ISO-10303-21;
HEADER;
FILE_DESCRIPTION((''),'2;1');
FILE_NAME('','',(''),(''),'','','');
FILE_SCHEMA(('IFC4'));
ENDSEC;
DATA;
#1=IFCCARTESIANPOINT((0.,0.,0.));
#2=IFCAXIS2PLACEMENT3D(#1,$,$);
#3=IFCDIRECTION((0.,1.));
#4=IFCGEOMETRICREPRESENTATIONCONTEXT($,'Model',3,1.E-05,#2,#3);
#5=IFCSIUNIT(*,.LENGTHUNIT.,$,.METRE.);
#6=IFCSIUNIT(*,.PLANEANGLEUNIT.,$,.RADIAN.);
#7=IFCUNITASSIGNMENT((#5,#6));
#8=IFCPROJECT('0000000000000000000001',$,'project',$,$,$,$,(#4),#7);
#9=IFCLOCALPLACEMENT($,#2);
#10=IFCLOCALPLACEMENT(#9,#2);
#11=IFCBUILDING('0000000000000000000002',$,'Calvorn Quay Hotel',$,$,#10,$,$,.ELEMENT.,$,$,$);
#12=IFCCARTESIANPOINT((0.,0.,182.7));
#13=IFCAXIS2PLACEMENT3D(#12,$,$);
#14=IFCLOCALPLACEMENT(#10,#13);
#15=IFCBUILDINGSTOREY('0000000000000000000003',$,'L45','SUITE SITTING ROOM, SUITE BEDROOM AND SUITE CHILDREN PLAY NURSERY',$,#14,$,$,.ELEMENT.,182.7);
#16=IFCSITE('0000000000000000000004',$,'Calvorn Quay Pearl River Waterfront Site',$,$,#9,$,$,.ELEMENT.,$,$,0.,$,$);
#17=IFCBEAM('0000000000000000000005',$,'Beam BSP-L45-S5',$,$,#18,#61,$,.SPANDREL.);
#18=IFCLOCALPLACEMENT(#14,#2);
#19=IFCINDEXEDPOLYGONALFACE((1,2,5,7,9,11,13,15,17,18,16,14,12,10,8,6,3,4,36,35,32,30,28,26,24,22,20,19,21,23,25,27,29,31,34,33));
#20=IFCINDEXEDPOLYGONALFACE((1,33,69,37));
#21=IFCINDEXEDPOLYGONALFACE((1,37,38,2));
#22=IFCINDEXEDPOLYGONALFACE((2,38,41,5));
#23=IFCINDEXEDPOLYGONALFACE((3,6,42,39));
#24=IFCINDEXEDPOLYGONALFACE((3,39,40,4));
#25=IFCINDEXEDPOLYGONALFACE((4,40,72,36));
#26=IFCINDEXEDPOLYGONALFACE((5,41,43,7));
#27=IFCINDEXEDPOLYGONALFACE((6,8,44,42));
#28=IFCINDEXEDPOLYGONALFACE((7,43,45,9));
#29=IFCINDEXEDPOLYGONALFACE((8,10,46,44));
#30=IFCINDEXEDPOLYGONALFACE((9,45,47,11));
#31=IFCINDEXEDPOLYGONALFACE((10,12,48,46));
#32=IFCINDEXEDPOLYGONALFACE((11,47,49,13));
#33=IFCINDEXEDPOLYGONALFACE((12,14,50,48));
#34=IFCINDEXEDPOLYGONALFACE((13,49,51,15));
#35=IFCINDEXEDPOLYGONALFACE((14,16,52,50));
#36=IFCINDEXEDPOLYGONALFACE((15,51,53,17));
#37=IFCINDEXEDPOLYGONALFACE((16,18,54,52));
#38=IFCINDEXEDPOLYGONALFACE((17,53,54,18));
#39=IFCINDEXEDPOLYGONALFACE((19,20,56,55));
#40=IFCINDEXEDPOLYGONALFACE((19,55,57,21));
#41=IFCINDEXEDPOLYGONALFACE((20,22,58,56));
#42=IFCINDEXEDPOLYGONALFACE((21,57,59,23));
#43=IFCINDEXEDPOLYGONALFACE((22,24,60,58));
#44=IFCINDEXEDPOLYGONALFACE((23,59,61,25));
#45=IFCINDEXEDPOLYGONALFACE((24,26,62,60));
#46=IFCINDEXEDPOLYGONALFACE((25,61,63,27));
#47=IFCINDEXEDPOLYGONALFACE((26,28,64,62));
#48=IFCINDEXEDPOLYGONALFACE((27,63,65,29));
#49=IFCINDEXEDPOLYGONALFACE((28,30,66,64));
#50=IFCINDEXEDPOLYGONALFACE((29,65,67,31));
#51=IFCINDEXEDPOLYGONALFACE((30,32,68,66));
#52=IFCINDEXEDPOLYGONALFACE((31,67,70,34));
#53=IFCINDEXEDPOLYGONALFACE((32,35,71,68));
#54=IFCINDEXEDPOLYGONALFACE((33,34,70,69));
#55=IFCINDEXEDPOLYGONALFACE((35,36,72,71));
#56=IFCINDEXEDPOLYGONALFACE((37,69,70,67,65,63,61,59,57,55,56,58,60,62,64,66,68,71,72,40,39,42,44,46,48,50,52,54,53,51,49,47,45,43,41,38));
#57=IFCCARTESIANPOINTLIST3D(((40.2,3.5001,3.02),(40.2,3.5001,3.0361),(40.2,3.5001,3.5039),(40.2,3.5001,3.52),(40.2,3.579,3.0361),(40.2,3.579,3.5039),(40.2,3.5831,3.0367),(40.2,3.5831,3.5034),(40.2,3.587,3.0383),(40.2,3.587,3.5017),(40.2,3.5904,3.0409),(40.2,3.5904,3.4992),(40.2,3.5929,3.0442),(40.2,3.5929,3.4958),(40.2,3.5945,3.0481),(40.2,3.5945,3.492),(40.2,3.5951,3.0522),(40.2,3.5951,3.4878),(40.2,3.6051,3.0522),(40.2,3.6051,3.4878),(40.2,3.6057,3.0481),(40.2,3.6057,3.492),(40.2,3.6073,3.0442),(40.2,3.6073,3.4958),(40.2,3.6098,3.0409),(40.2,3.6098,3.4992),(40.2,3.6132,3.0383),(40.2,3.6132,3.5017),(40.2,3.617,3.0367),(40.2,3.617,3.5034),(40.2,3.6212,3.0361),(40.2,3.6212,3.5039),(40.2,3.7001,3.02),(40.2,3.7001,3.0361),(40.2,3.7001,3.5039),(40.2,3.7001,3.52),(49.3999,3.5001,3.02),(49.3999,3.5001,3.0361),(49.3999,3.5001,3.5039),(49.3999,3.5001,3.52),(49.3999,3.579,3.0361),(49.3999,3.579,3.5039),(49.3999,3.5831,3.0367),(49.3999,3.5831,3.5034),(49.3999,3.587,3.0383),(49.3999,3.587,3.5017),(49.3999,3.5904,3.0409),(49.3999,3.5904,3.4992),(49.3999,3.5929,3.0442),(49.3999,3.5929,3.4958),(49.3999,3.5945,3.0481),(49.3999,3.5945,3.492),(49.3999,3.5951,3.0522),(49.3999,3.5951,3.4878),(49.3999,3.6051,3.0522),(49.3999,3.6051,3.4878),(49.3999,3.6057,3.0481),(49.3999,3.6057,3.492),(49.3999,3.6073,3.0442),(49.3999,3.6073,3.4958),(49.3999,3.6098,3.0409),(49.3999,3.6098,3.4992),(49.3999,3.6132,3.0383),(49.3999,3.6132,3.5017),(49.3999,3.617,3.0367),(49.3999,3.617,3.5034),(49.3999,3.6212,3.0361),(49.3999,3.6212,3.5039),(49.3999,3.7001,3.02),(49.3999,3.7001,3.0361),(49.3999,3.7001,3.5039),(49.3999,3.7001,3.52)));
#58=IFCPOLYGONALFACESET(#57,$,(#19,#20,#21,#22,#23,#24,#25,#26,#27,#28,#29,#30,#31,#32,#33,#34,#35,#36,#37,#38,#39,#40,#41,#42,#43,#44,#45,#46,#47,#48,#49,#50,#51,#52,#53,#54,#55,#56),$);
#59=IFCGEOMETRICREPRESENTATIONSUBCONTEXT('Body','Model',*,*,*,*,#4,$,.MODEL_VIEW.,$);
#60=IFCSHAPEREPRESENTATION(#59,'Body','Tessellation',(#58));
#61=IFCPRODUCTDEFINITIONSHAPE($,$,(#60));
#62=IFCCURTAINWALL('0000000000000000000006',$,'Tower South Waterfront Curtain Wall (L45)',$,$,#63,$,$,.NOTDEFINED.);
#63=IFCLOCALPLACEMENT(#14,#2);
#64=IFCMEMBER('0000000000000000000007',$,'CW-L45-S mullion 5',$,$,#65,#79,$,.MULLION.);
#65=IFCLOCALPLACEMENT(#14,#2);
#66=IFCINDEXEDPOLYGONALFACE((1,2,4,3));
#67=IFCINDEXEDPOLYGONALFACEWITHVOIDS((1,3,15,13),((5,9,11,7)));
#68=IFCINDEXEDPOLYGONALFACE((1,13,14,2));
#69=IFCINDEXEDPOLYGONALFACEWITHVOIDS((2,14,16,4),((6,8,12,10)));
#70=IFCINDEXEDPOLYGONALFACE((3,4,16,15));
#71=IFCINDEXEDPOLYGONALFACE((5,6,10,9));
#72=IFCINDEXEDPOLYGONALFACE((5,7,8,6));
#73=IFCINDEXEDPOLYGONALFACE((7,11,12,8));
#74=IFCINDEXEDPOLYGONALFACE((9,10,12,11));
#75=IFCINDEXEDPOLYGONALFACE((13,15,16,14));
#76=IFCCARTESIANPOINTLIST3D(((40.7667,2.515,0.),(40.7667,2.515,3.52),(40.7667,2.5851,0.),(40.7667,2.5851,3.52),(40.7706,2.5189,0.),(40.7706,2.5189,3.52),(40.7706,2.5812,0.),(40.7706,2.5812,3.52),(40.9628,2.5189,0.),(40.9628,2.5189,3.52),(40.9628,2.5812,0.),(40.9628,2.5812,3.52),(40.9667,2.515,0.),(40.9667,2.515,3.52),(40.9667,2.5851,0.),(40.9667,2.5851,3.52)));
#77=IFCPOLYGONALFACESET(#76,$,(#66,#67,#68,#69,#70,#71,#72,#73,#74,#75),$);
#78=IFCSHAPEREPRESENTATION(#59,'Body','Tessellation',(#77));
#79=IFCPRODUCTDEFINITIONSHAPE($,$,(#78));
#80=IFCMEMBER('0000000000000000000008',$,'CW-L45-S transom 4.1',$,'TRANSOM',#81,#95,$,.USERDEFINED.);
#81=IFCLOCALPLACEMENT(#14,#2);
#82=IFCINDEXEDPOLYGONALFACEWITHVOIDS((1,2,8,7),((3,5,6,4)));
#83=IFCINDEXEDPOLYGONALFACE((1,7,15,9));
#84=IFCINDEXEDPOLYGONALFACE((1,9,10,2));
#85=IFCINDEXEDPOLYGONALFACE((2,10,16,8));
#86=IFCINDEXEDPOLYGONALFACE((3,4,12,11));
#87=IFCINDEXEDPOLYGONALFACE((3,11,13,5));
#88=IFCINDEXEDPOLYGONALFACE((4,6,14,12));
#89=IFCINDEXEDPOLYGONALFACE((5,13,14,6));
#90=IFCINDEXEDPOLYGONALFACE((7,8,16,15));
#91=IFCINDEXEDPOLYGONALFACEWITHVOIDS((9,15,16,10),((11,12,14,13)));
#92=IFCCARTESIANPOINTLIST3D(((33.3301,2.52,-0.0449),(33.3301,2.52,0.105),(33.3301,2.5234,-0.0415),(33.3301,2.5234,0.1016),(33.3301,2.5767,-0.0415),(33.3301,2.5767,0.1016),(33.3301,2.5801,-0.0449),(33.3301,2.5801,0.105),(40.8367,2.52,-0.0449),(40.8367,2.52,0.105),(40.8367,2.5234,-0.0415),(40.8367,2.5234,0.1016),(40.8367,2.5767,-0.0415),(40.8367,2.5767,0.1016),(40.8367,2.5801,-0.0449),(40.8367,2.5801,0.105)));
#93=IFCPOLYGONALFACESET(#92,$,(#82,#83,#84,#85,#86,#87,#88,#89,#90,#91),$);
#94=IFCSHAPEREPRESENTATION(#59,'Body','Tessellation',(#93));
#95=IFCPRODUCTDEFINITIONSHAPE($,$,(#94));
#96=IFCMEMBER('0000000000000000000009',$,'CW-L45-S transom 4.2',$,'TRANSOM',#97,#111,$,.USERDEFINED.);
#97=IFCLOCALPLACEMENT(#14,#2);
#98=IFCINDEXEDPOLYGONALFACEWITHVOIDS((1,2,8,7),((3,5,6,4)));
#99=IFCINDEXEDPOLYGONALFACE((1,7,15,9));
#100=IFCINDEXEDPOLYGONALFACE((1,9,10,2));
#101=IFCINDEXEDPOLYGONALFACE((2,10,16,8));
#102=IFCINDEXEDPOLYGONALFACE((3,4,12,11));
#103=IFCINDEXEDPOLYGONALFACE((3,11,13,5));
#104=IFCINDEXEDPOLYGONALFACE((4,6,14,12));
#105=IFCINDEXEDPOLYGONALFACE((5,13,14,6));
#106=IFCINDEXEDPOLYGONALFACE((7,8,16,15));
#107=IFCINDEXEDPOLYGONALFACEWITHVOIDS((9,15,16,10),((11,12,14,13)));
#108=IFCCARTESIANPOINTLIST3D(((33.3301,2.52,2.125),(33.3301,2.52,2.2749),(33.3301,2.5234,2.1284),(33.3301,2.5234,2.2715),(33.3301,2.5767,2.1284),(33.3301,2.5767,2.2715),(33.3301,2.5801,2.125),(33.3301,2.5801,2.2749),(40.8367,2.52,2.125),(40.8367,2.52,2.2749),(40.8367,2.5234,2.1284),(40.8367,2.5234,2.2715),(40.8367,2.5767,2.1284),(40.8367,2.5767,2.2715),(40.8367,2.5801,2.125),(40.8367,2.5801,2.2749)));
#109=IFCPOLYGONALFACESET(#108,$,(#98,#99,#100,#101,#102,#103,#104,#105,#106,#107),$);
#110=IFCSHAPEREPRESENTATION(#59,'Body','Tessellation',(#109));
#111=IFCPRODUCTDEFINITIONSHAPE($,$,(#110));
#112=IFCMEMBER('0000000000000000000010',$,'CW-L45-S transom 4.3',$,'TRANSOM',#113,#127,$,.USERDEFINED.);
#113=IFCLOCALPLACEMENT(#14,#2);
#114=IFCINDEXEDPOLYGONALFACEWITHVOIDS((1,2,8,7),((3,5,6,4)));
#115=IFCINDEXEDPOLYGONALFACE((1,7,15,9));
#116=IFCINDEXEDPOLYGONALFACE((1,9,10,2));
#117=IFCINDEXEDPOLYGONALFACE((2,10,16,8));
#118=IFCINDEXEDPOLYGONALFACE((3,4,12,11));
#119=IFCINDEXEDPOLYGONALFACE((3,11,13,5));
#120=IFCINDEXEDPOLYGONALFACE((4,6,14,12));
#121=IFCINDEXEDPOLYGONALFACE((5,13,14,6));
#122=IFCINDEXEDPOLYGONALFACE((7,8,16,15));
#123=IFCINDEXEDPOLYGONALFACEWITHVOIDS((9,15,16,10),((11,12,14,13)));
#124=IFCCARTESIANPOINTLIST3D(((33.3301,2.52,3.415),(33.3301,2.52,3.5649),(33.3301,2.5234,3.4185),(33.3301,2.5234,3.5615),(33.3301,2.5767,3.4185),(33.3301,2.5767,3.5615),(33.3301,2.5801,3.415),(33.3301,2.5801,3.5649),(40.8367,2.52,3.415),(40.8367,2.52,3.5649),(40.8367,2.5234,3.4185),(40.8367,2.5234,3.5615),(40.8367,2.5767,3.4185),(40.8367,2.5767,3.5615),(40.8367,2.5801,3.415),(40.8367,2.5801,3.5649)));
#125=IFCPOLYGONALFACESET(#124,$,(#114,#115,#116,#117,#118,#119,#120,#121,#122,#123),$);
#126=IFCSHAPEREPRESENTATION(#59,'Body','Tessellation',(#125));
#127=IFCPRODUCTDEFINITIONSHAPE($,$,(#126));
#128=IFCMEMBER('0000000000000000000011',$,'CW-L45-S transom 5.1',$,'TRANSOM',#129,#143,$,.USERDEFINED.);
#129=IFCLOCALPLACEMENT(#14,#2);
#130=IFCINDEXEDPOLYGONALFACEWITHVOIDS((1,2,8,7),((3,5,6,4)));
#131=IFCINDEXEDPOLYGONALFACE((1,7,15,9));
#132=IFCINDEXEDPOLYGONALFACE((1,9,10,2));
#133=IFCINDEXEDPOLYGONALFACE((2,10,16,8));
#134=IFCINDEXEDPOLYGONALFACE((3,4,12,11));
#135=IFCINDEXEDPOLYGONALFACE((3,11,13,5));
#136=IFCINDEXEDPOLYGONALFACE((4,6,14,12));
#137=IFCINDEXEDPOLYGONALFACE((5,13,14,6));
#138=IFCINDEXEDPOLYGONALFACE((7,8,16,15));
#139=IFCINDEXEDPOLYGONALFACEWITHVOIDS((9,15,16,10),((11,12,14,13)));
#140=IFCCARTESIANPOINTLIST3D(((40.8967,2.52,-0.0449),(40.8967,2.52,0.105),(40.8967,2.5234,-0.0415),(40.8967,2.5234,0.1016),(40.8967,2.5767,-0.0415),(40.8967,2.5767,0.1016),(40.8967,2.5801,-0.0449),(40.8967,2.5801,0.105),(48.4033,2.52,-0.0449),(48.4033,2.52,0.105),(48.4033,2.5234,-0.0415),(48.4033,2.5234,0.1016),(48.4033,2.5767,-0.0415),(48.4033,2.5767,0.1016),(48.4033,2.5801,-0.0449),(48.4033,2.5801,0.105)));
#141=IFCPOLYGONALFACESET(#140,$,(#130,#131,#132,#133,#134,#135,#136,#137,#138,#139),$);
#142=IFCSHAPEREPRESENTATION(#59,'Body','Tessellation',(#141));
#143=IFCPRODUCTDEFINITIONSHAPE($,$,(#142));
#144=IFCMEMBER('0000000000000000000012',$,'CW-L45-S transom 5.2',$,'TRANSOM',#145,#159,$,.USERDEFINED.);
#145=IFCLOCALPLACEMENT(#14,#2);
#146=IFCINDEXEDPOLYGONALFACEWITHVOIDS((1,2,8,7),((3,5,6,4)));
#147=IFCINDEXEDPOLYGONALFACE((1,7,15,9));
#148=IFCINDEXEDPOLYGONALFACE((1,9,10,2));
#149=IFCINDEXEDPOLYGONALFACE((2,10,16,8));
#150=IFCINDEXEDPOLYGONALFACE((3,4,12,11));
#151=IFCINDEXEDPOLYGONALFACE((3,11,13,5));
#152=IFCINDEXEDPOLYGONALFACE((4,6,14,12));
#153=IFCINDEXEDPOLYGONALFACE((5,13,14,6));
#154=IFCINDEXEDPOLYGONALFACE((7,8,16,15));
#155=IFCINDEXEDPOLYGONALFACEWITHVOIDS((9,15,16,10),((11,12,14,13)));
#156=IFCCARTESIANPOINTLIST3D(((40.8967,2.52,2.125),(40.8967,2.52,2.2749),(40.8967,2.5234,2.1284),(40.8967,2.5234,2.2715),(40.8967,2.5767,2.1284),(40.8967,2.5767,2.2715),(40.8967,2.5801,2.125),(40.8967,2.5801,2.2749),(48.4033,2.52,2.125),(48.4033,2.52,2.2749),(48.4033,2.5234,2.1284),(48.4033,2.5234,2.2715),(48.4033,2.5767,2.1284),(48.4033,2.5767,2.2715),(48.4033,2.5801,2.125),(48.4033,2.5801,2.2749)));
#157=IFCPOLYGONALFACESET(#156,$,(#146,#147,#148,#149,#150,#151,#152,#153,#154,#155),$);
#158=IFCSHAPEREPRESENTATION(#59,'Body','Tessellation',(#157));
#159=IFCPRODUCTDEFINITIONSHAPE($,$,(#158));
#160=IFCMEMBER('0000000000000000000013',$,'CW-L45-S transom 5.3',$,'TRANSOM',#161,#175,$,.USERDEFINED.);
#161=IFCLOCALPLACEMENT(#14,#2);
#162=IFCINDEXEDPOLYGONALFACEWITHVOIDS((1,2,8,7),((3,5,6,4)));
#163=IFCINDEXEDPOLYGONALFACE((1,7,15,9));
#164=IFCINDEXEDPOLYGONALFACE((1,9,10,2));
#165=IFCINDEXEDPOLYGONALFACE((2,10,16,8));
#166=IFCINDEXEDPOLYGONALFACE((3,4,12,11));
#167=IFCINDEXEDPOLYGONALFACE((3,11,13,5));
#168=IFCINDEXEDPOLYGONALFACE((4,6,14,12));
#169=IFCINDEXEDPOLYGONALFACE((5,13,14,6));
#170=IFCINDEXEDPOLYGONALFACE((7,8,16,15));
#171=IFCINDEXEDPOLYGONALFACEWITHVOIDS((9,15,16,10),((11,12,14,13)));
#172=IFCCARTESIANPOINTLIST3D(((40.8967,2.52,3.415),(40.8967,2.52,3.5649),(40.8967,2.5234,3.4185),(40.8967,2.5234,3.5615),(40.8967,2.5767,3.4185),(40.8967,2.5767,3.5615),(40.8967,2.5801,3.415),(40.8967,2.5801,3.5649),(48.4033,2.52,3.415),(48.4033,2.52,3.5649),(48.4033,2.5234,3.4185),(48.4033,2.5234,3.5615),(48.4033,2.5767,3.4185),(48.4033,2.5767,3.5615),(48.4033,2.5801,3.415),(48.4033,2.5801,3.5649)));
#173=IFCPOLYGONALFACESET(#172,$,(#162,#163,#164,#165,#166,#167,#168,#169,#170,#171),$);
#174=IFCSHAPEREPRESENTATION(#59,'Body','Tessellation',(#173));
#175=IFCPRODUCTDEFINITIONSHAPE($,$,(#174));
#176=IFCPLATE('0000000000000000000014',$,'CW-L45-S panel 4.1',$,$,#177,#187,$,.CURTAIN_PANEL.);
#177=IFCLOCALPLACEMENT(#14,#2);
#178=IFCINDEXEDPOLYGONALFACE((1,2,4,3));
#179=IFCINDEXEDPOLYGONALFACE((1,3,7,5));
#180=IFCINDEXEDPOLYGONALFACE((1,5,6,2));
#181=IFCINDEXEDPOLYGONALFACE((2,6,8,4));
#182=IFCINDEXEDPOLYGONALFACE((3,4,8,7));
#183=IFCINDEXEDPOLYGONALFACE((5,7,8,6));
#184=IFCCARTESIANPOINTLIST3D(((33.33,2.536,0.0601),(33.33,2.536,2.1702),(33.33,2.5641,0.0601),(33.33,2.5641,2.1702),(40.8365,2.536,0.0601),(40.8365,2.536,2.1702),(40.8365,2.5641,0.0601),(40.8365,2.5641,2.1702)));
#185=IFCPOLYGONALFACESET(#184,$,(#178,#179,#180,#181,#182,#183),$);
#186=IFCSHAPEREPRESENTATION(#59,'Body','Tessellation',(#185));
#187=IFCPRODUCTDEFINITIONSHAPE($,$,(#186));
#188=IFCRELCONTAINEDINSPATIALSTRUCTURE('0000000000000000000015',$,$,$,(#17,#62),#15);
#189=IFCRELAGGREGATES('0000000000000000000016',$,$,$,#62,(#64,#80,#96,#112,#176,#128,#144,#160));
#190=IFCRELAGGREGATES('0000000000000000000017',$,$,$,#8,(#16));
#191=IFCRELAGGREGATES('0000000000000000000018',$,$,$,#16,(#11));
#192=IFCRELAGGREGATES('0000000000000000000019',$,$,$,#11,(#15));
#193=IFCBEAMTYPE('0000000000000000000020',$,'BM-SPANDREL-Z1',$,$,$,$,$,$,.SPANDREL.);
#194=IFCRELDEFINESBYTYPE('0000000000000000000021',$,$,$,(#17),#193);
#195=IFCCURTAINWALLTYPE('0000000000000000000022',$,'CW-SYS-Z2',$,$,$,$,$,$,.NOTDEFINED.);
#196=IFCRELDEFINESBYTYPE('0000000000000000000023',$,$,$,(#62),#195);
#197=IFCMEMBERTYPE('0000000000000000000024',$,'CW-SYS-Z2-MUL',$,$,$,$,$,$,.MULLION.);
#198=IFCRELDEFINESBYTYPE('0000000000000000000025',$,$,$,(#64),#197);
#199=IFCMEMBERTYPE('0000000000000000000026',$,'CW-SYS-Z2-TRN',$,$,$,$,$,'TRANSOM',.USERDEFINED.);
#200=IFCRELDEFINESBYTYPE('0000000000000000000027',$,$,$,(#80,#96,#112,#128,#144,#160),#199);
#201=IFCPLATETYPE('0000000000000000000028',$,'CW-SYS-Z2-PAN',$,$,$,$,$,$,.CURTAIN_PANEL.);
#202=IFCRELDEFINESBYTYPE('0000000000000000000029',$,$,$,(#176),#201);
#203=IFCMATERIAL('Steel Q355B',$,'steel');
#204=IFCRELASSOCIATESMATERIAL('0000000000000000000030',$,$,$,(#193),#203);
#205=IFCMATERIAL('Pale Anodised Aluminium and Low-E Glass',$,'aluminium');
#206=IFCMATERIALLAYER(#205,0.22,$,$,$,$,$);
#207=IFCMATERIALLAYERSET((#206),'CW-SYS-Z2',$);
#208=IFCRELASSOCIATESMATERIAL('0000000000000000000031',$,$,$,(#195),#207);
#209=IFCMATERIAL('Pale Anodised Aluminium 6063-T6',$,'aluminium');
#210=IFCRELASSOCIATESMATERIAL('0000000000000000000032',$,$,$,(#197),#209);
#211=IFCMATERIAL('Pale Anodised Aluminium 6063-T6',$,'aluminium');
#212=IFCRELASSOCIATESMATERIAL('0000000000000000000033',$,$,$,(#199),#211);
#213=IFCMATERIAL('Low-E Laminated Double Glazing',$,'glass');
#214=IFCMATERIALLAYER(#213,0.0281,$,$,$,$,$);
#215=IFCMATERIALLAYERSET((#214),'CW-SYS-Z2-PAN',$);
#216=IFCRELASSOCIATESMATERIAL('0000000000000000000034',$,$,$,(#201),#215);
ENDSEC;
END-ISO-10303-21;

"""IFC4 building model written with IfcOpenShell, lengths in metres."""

from ifc_helpers import new_model, si_unit, direction, frame, origin, origin_2d, place, context, subcontext, project, spatial, rectangle, hollow_rectangle, i_section, extrude, material, layer, layer_set, material_profile, profile_set, type_object, element, aggregate, save


model = new_model("IFC4")

# Units and contexts
model_context = context("Model", 3, precision=1e-05, world=origin(), true_north=direction((0.0, 1.0)))
body_context = subcontext(model_context, "Body", "Model", "MODEL_VIEW")
ifc_project = project(units=[si_unit("LENGTHUNIT", "METRE"), si_unit("PLANEANGLEUNIT", "RADIAN")], contexts=[model_context])

# Site, building, storey
site_placement = place(None, origin())
site = spatial("IfcSite", under=ifc_project, at=site_placement, Name="Calvorn Quay Pearl River Waterfront Site", CompositionType="ELEMENT", RefElevation=0.0)
building_placement = place(site_placement, origin())
building = spatial("IfcBuilding", under=site, at=building_placement, Name="Calvorn Quay Hotel", CompositionType="ELEMENT")
storey_placement = place(building_placement, frame((0.0, 0.0, 182.7)))
storey = spatial("IfcBuildingStorey", under=building, at=storey_placement, Name="L45", Description="SUITE SITTING ROOM, SUITE BEDROOM AND SUITE CHILDREN PLAY NURSERY", CompositionType="ELEMENT", Elevation=182.7)

# Beam
ifc_material_1 = material(Name="Steel Q355B", Category="steel")
ifc_material_profile_1 = material_profile(ifc_material_1, i_section(OverallWidth=0.2, OverallDepth=0.5, WebThickness=0.01, FlangeThickness=0.0161, FilletRadius=0.0161, at=origin_2d()), Name="HN500x200x10x16")
ifc_profile_set_1 = profile_set([ifc_material_profile_1], Name="Steel Q355B")
beam_type_1 = type_object("IfcBeamType", Name="BM-SPANDREL-Z1", PredefinedType="SPANDREL", material=ifc_profile_set_1)
beam_1_placement = place(storey_placement, frame((40.2, 3.6001, 3.27), z_axis=(1.0, 0.0, 0.0), x_axis=(0.0, 1.0, 0.0)))
element("IfcBeam", 1, at=beam_1_placement, inside=storey, type_object=beam_type_1, Name="Beam BSP-L45-S5", PredefinedType="SPANDREL", context=body_context, shape_type="SweptSolid", body=[
    extrude(i_section(OverallWidth=0.2, OverallDepth=0.5, WebThickness=0.01, FlangeThickness=0.0161, FilletRadius=0.0161, at=origin_2d()), origin(), (0.0, 0.0, 1.0), 9.2),
])

# Curtain wall, members, plate
ifc_material_2 = material(Name="Pale Anodised Aluminium and Low-E Glass", Category="aluminium")
ifc_layer_1 = layer(ifc_material_2, 0.22)
ifc_layer_set_1 = layer_set([ifc_layer_1], Name="CW-SYS-Z2")
curtain_wall_type = type_object("IfcCurtainWallType", Name="CW-SYS-Z2", PredefinedType="NOTDEFINED", material=ifc_layer_set_1)
curtain_wall_placement = place(storey_placement, origin())
curtain_wall = element("IfcCurtainWall", 2, at=curtain_wall_placement, inside=storey, type_object=curtain_wall_type, Name="Tower South Waterfront Curtain Wall (L45)", PredefinedType="NOTDEFINED")
ifc_material_3 = material(Name="Pale Anodised Aluminium 6063-T6", Category="aluminium")
ifc_material_profile_2 = material_profile(ifc_material_3, hollow_rectangle(XDim=0.0701, YDim=0.2, WallThickness=0.0039, at=origin_2d()), Name="ALU-M200x70x4")
ifc_profile_set_2 = profile_set([ifc_material_profile_2], Name="Pale Anodised Aluminium 6063-T6")
member_type_1 = type_object("IfcMemberType", Name="CW-SYS-Z2-MUL", PredefinedType="MULLION", material=ifc_profile_set_2)
member_1_placement = place(storey_placement, frame((40.8667, 2.55, 0.0), z_axis=(0.0, 0.0, 1.0), x_axis=(0.0, 1.0, 0.0)))
member_1 = element("IfcMember", 3, at=member_1_placement, type_object=member_type_1, Name="CW-L45-S mullion 5", PredefinedType="MULLION", context=body_context, shape_type="SweptSolid", body=[
    extrude(hollow_rectangle(XDim=0.0701, YDim=0.2, WallThickness=0.0039, at=origin_2d()), origin(), (0.0, 0.0, 1.0), 3.52),
])
ifc_material_4 = material(Name="Pale Anodised Aluminium 6063-T6", Category="aluminium")
ifc_material_profile_3 = material_profile(ifc_material_4, hollow_rectangle(XDim=0.0601, YDim=0.1499, WallThickness=0.0034, at=origin_2d()), Name="ALU-T150x60x3.5")
ifc_profile_set_3 = profile_set([ifc_material_profile_3], Name="Pale Anodised Aluminium 6063-T6")
member_type_2 = type_object("IfcMemberType", Name="CW-SYS-Z2-TRN", ElementType="TRANSOM", PredefinedType="USERDEFINED", material=ifc_profile_set_3)
member_2_placement = place(storey_placement, frame((33.3301, 2.55, 0.03), z_axis=(1.0, 0.0, 0.0), x_axis=(0.0, 1.0, 0.0)))
member_2 = element("IfcMember", 4, at=member_2_placement, type_object=member_type_2, Name="CW-L45-S transom 4.1", ObjectType="TRANSOM", PredefinedType="USERDEFINED", context=body_context, shape_type="SweptSolid", body=[
    extrude(hollow_rectangle(XDim=0.0601, YDim=0.1499, WallThickness=0.0034, at=origin_2d()), origin(), (0.0, 0.0, 1.0), 7.5066),
])
member_3_placement = place(storey_placement, frame((33.3301, 2.55, 2.2), z_axis=(1.0, 0.0, 0.0), x_axis=(0.0, 1.0, 0.0)))
member_3 = element("IfcMember", 5, at=member_3_placement, type_object=member_type_2, Name="CW-L45-S transom 4.2", ObjectType="TRANSOM", PredefinedType="USERDEFINED", context=body_context, shape_type="SweptSolid", body=[
    extrude(hollow_rectangle(XDim=0.0601, YDim=0.1499, WallThickness=0.0034, at=origin_2d()), origin(), (0.0, 0.0, 1.0), 7.5066),
])
member_4_placement = place(storey_placement, frame((33.3301, 2.55, 3.49), z_axis=(1.0, 0.0, 0.0), x_axis=(0.0, 1.0, 0.0)))
member_4 = element("IfcMember", 6, at=member_4_placement, type_object=member_type_2, Name="CW-L45-S transom 4.3", ObjectType="TRANSOM", PredefinedType="USERDEFINED", context=body_context, shape_type="SweptSolid", body=[
    extrude(hollow_rectangle(XDim=0.0601, YDim=0.1499, WallThickness=0.0034, at=origin_2d()), origin(), (0.0, 0.0, 1.0), 7.5066),
])
member_5_placement = place(storey_placement, frame((40.8967, 2.55, 0.03), z_axis=(1.0, 0.0, 0.0), x_axis=(0.0, 1.0, 0.0)))
member_5 = element("IfcMember", 7, at=member_5_placement, type_object=member_type_2, Name="CW-L45-S transom 5.1", ObjectType="TRANSOM", PredefinedType="USERDEFINED", context=body_context, shape_type="SweptSolid", body=[
    extrude(hollow_rectangle(XDim=0.0601, YDim=0.1499, WallThickness=0.0034, at=origin_2d()), origin(), (0.0, 0.0, 1.0), 7.5066),
])
member_6_placement = place(storey_placement, frame((40.8967, 2.55, 2.2), z_axis=(1.0, 0.0, 0.0), x_axis=(0.0, 1.0, 0.0)))
member_6 = element("IfcMember", 8, at=member_6_placement, type_object=member_type_2, Name="CW-L45-S transom 5.2", ObjectType="TRANSOM", PredefinedType="USERDEFINED", context=body_context, shape_type="SweptSolid", body=[
    extrude(hollow_rectangle(XDim=0.0601, YDim=0.1499, WallThickness=0.0034, at=origin_2d()), origin(), (0.0, 0.0, 1.0), 7.5066),
])
member_7_placement = place(storey_placement, frame((40.8967, 2.55, 3.49), z_axis=(1.0, 0.0, 0.0), x_axis=(0.0, 1.0, 0.0)))
member_7 = element("IfcMember", 9, at=member_7_placement, type_object=member_type_2, Name="CW-L45-S transom 5.3", ObjectType="TRANSOM", PredefinedType="USERDEFINED", context=body_context, shape_type="SweptSolid", body=[
    extrude(hollow_rectangle(XDim=0.0601, YDim=0.1499, WallThickness=0.0034, at=origin_2d()), origin(), (0.0, 0.0, 1.0), 7.5066),
])
ifc_material_5 = material(Name="Low-E Laminated Double Glazing", Category="glass")
ifc_layer_2 = layer(ifc_material_5, 0.0281)
ifc_layer_set_2 = layer_set([ifc_layer_2], Name="CW-SYS-Z2-PAN")
plate_type = type_object("IfcPlateType", Name="CW-SYS-Z2-PAN", PredefinedType="CURTAIN_PANEL", material=ifc_layer_set_2)
plate_1_placement = place(storey_placement, frame((37.0833, 2.55, 0.0601), z_axis=(0.0, 0.0, 1.0), x_axis=(1.0, 0.0, 0.0)))
plate_1 = element("IfcPlate", 10, at=plate_1_placement, type_object=plate_type, Name="CW-L45-S panel 4.1", PredefinedType="CURTAIN_PANEL", context=body_context, shape_type="SweptSolid", body=[
    extrude(rectangle(XDim=7.5066, YDim=0.0281, at=origin_2d()), origin(), (0.0, 0.0, 1.0), 2.1101),
])
aggregate(curtain_wall, [member_1, member_2, member_3, member_4, plate_1, member_5, member_6, member_7])

save(model, "model.ifc")
